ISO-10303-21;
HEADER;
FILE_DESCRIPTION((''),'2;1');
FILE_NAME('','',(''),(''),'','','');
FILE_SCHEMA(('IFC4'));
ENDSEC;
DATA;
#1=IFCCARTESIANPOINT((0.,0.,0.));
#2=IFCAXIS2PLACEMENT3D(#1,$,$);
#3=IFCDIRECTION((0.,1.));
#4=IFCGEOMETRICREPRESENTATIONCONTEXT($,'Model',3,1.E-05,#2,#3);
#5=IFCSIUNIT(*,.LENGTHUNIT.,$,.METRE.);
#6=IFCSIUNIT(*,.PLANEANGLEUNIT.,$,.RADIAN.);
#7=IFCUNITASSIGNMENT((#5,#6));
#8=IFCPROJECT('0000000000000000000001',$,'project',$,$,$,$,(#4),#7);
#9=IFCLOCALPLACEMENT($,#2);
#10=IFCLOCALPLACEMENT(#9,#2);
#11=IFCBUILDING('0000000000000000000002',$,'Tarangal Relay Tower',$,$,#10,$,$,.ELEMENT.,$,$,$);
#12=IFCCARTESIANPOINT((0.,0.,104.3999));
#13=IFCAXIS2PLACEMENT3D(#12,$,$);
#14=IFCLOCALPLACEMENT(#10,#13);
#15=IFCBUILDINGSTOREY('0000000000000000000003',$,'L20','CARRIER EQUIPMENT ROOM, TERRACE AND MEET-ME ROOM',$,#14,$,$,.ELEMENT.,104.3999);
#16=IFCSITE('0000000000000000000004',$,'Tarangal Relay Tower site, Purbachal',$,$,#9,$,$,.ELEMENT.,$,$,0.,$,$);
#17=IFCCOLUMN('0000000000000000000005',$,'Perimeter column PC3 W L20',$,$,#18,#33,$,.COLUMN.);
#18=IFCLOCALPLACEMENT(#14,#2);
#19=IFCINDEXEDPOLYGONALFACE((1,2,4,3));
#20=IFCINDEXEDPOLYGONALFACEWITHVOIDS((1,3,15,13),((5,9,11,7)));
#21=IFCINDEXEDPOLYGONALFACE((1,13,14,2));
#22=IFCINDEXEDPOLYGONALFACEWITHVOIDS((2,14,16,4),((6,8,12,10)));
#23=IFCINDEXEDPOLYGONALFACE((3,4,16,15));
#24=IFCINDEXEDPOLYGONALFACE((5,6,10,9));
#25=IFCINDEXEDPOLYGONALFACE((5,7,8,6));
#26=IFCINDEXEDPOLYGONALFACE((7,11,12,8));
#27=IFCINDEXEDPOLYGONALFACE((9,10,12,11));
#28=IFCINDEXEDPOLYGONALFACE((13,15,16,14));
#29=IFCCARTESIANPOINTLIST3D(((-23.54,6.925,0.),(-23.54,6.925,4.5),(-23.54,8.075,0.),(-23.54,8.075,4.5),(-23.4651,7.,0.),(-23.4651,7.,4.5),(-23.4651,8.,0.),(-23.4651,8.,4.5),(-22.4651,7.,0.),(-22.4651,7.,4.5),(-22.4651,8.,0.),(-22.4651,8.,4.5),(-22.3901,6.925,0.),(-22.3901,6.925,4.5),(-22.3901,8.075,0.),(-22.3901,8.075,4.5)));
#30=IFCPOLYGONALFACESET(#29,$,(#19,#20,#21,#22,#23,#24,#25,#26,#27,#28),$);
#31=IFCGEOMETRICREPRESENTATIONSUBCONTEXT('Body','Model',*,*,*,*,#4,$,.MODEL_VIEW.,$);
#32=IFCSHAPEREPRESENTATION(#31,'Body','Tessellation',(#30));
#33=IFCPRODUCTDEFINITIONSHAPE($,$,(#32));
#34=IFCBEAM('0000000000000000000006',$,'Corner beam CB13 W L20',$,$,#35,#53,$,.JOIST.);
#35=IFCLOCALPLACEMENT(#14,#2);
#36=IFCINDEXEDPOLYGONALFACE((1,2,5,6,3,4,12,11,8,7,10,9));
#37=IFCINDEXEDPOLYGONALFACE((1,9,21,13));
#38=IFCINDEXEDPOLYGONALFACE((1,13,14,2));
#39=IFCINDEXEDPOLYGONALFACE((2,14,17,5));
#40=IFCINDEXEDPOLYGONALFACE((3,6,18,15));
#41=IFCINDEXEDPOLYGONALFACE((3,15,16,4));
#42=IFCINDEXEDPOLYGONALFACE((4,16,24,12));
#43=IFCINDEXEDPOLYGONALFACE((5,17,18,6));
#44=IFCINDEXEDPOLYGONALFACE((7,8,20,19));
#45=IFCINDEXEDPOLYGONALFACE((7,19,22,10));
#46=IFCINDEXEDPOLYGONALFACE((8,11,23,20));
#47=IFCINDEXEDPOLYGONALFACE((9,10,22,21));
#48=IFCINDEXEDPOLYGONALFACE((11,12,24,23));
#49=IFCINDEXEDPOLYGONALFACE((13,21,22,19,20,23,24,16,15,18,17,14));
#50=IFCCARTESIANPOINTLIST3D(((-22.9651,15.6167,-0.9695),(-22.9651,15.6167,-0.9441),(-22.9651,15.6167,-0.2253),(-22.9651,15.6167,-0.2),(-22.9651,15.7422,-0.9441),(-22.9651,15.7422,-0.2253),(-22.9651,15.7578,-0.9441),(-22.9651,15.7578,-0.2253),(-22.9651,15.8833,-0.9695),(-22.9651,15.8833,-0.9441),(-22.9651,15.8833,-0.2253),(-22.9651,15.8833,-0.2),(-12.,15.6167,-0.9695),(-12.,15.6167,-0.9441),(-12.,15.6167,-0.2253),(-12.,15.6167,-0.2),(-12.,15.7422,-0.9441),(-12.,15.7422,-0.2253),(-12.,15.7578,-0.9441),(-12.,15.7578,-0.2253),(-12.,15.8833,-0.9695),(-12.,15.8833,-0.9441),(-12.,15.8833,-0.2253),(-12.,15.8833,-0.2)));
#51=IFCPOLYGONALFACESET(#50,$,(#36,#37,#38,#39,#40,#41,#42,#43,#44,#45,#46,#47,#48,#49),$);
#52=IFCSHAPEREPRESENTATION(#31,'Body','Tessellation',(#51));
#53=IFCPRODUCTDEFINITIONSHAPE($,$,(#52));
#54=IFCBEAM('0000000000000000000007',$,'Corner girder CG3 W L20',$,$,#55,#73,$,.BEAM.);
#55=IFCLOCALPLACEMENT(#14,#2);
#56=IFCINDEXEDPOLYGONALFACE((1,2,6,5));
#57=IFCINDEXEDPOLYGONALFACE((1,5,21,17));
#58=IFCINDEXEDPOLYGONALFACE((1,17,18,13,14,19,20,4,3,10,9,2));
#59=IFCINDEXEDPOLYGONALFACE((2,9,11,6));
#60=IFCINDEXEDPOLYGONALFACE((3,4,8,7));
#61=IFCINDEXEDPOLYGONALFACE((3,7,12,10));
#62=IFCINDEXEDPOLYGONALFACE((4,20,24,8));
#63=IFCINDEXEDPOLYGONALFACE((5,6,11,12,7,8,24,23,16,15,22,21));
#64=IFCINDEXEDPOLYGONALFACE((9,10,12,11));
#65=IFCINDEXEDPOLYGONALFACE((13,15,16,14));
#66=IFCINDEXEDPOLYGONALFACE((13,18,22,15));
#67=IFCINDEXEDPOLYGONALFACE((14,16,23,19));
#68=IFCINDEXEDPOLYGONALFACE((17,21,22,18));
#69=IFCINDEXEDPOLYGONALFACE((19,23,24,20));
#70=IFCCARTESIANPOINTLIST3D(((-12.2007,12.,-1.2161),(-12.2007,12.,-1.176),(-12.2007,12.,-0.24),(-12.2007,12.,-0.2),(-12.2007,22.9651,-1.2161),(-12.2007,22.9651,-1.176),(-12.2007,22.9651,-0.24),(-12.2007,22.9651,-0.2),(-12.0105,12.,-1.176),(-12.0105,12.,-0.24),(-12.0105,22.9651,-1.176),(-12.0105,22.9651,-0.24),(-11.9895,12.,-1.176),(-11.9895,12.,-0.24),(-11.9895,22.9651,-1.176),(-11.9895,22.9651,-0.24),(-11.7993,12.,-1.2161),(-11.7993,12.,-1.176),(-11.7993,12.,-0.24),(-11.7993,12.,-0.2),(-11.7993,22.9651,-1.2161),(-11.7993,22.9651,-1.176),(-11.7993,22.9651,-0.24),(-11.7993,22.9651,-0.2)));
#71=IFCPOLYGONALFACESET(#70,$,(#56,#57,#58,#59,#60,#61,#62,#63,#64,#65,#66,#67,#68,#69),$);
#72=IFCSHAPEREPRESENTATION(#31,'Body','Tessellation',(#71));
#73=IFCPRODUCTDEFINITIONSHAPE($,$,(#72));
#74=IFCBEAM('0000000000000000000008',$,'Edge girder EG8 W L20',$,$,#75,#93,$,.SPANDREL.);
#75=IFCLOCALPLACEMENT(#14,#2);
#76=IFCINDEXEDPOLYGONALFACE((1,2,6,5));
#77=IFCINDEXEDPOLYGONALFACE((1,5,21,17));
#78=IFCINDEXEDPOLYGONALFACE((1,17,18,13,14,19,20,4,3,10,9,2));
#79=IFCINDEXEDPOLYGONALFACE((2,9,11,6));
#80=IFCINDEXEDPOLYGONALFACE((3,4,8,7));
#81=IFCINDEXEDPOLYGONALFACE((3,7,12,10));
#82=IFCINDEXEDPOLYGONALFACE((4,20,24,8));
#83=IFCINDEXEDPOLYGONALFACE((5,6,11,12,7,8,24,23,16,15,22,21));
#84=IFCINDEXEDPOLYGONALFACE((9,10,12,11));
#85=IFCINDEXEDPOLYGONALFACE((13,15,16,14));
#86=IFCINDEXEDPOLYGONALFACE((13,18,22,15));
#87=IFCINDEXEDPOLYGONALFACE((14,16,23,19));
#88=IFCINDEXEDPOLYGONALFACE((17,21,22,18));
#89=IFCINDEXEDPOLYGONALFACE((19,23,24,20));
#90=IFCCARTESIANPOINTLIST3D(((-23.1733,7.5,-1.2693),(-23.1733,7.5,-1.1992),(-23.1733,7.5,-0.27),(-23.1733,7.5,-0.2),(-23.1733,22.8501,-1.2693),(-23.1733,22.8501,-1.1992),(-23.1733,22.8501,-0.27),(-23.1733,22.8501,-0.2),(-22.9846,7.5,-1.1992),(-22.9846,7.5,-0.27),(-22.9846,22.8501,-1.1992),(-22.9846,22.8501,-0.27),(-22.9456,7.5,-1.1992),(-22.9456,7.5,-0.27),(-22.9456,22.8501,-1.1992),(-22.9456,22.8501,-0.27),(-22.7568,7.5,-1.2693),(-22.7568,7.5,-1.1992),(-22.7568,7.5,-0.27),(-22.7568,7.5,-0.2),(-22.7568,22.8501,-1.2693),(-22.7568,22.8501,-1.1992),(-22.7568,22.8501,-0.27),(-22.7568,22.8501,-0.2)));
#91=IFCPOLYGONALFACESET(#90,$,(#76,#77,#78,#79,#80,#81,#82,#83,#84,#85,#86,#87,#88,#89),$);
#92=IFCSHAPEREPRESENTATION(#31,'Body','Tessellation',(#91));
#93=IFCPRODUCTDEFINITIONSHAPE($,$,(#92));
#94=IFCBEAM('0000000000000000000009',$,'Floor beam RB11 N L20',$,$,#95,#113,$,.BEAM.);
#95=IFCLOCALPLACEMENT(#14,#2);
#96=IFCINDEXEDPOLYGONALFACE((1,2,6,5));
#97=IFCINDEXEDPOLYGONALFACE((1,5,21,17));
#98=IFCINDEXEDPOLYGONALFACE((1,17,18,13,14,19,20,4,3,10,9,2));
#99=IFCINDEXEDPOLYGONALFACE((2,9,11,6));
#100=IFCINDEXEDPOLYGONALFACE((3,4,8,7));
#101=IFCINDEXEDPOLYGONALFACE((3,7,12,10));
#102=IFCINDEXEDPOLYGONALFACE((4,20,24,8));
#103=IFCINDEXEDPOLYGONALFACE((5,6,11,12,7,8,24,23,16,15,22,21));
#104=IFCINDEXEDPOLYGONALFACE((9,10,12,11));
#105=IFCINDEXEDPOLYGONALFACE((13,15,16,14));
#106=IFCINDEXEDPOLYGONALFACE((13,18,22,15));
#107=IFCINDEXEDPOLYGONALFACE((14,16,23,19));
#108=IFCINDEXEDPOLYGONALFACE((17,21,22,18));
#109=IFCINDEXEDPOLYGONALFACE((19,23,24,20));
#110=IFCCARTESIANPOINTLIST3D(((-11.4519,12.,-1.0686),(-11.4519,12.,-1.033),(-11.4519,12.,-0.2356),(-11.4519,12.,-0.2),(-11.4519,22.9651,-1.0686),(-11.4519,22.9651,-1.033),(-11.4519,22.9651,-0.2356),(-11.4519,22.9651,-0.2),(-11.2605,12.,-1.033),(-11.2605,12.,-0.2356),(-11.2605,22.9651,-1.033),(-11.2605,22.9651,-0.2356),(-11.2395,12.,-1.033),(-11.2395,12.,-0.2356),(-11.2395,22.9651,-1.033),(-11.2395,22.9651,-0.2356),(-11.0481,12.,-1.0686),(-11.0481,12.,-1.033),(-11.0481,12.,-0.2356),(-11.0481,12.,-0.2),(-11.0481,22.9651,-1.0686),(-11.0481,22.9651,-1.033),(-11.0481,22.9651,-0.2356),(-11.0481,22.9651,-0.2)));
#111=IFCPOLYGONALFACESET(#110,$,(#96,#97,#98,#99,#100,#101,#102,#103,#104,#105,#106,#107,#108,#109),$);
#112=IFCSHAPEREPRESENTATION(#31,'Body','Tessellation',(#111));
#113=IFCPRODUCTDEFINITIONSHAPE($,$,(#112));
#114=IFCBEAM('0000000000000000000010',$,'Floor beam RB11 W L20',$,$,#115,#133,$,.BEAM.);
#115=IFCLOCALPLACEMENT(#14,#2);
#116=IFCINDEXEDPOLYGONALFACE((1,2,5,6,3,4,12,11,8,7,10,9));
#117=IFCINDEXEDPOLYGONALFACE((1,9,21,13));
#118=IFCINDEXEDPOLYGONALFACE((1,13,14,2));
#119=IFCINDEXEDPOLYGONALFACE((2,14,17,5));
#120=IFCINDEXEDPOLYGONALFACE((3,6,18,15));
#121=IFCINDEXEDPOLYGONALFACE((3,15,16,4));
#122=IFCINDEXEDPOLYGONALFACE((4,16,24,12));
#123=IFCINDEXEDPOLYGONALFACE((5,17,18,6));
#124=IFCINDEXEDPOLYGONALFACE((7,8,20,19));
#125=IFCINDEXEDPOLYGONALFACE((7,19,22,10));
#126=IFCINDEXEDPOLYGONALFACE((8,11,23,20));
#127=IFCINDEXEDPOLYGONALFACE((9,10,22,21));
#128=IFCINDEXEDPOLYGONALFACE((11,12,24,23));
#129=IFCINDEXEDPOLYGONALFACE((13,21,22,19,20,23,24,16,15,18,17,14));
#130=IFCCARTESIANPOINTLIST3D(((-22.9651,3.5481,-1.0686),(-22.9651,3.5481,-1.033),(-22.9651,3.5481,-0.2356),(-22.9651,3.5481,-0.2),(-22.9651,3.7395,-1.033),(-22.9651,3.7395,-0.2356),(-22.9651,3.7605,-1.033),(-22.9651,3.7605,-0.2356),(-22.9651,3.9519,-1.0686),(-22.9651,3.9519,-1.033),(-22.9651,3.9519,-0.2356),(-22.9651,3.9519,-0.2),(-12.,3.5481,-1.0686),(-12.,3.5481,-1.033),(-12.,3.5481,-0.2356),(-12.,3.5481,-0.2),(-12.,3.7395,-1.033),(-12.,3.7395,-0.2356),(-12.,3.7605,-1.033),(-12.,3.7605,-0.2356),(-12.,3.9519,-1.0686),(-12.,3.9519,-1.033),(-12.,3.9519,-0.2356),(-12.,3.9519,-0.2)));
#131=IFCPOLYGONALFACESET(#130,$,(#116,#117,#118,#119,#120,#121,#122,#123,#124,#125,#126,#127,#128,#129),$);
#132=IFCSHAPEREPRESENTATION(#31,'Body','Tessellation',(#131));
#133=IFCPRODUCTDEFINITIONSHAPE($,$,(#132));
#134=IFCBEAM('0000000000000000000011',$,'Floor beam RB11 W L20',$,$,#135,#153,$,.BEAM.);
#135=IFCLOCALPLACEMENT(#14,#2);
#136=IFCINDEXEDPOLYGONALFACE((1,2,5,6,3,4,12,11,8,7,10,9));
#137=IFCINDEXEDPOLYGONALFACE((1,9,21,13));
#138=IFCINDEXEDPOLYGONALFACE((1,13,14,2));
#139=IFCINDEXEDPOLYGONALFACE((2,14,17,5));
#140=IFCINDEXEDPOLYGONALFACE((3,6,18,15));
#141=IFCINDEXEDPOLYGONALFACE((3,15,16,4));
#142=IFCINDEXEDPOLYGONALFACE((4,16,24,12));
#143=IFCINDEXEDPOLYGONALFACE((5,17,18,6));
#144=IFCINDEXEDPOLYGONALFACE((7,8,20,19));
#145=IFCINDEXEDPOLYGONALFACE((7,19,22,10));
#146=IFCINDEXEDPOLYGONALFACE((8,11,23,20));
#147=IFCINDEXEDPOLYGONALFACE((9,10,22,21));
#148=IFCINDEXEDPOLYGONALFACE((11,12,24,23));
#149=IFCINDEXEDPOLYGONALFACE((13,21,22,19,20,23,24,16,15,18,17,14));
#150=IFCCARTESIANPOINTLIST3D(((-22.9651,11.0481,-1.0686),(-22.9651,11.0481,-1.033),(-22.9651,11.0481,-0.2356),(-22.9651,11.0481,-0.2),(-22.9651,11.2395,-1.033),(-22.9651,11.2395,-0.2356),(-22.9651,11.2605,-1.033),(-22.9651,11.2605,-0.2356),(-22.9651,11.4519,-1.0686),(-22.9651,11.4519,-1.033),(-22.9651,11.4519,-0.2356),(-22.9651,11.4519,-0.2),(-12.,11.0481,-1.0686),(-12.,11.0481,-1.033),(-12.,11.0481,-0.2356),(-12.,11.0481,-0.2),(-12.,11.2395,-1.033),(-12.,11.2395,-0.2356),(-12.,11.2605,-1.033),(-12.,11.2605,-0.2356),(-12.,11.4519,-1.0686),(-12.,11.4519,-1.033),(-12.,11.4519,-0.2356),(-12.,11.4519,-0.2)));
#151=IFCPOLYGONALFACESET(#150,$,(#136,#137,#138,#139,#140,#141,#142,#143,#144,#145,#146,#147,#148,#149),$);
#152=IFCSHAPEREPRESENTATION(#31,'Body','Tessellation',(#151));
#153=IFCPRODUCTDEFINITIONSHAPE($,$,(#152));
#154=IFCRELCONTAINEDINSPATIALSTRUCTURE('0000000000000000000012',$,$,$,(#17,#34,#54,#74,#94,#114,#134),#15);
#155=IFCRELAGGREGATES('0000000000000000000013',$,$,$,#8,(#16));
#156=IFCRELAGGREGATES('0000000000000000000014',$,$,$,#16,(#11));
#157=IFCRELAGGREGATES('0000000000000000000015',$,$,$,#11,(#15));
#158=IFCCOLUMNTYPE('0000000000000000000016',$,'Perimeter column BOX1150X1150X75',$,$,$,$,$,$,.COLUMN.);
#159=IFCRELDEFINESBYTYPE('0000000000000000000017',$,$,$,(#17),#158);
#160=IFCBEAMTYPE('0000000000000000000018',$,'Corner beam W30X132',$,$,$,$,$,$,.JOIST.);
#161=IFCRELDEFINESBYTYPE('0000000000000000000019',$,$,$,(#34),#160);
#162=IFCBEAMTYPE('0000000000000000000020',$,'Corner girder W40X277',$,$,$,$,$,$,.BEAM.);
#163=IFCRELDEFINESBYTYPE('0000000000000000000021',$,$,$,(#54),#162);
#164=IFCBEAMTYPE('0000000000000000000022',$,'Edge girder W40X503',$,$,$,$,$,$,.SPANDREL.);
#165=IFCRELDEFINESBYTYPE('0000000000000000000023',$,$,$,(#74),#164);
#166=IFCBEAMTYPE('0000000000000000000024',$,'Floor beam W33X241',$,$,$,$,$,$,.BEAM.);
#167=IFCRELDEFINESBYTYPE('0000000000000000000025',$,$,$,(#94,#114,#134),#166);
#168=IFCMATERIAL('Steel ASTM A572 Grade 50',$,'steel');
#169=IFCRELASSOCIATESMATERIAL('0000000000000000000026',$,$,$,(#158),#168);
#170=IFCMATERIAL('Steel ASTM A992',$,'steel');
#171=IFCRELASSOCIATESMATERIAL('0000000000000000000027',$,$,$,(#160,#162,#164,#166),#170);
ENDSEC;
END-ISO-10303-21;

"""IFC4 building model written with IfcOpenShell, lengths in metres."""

from ifc_helpers import new_model, si_unit, direction, frame, origin, origin_2d, place, context, subcontext, project, spatial, hollow_rectangle, i_section, extrude, material, material_profile, profile_set, type_object, element, save


model = new_model("IFC4")

# Units and contexts
model_context = context("Model", 3, precision=1e-05, world=origin(), true_north=direction((0.0, 1.0)))
body_context = subcontext(model_context, "Body", "Model", "MODEL_VIEW")
ifc_project = project(units=[si_unit("LENGTHUNIT", "METRE"), si_unit("PLANEANGLEUNIT", "RADIAN")], contexts=[model_context])

# Site, building, storey
site_placement = place(None, origin())
site = spatial("IfcSite", under=ifc_project, at=site_placement, Name="Tarangal Relay Tower site, Purbachal", CompositionType="ELEMENT", RefElevation=0.0)
building_placement = place(site_placement, origin())
building = spatial("IfcBuilding", under=site, at=building_placement, Name="Tarangal Relay Tower", CompositionType="ELEMENT")
storey_placement = place(building_placement, frame((0.0, 0.0, 104.3999)))
storey = spatial("IfcBuildingStorey", under=building, at=storey_placement, Name="L20", Description="CARRIER EQUIPMENT ROOM, TERRACE AND MEET-ME ROOM", CompositionType="ELEMENT", Elevation=104.3999)

# Column
ifc_material_1 = material(Name="Steel ASTM A572 Grade 50", Category="steel")
ifc_material_profile_1 = material_profile(ifc_material_1, hollow_rectangle(XDim=1.1499, YDim=1.1499, WallThickness=0.075, at=origin_2d()), Name="BOX1150X1150X75")
ifc_profile_set_1 = profile_set([ifc_material_profile_1], Name="Steel ASTM A572 Grade 50")
column_type = type_object("IfcColumnType", Name="Perimeter column BOX1150X1150X75", PredefinedType="COLUMN", material=ifc_profile_set_1)
column_placement = place(storey_placement, frame((-22.9651, 7.5, 0.0), z_axis=(0.0, 0.0, 1.0), x_axis=(1.0, 0.0, 0.0)))
element("IfcColumn", 1, at=column_placement, inside=storey, type_object=column_type, Name="Perimeter column PC3 W L20", PredefinedType="COLUMN", context=body_context, shape_type="SweptSolid", body=[
    extrude(hollow_rectangle(XDim=1.1499, YDim=1.1499, WallThickness=0.075, at=origin_2d()), origin(), (0.0, 0.0, 1.0), 4.5),
])

# Beams
ifc_material_2 = material(Name="Steel ASTM A992", Category="steel")
ifc_material_profile_2 = material_profile(ifc_material_2, i_section(OverallWidth=0.2666, OverallDepth=0.7695, WebThickness=0.0156, FlangeThickness=0.0254, at=origin_2d()), Name="W30X132")
ifc_profile_set_2 = profile_set([ifc_material_profile_2], Name="Steel ASTM A992")
beam_type_1 = type_object("IfcBeamType", Name="Corner beam W30X132", PredefinedType="JOIST", material=ifc_profile_set_2)
beam_1_placement = place(storey_placement, frame((-12.0, 15.75, -0.5847), z_axis=(-1.0, 0.0, 0.0), x_axis=(0.0, -1.0, 0.0)))
element("IfcBeam", 2, at=beam_1_placement, inside=storey, type_object=beam_type_1, Name="Corner beam CB13 W L20", PredefinedType="JOIST", context=body_context, shape_type="SweptSolid", body=[
    extrude(i_section(OverallWidth=0.2666, OverallDepth=0.7695, WebThickness=0.0156, FlangeThickness=0.0254, at=origin_2d()), origin(), (0.0, 0.0, 1.0), 10.9651),
])
ifc_material_profile_3 = material_profile(ifc_material_2, i_section(OverallWidth=0.4014, OverallDepth=1.0161, WebThickness=0.021, FlangeThickness=0.04, at=origin_2d()), Name="W40X277")
ifc_profile_set_3 = profile_set([ifc_material_profile_3], Name="Steel ASTM A992")
beam_type_2 = type_object("IfcBeamType", Name="Corner girder W40X277", PredefinedType="BEAM", material=ifc_profile_set_3)
beam_2_placement = place(storey_placement, frame((-12.0, 12.0, -0.708), z_axis=(0.0, 1.0, 0.0), x_axis=(-1.0, 0.0, 0.0)))
element("IfcBeam", 3, at=beam_2_placement, inside=storey, type_object=beam_type_2, Name="Corner girder CG3 W L20", PredefinedType="BEAM", context=body_context, shape_type="SweptSolid", body=[
    extrude(i_section(OverallWidth=0.4014, OverallDepth=1.0161, WebThickness=0.021, FlangeThickness=0.04, at=origin_2d()), origin(), (0.0, 0.0, 1.0), 10.9651),
])
ifc_material_profile_4 = material_profile(ifc_material_2, i_section(OverallWidth=0.4165, OverallDepth=1.0693, WebThickness=0.0391, FlangeThickness=0.0701, at=origin_2d()), Name="W40X503")
ifc_profile_set_4 = profile_set([ifc_material_profile_4], Name="Steel ASTM A992")
beam_type_3 = type_object("IfcBeamType", Name="Edge girder W40X503", PredefinedType="SPANDREL", material=ifc_profile_set_4)
beam_3_placement = place(storey_placement, frame((-22.9651, 7.5, -0.7346), z_axis=(0.0, 1.0, 0.0), x_axis=(-1.0, 0.0, 0.0)))
element("IfcBeam", 4, at=beam_3_placement, inside=storey, type_object=beam_type_3, Name="Edge girder EG8 W L20", PredefinedType="SPANDREL", context=body_context, shape_type="SweptSolid", body=[
    extrude(i_section(OverallWidth=0.4165, OverallDepth=1.0693, WebThickness=0.0391, FlangeThickness=0.0701, at=origin_2d()), origin(), (0.0, 0.0, 1.0), 15.3501),
])
ifc_material_profile_5 = material_profile(ifc_material_2, i_section(OverallWidth=0.4038, OverallDepth=0.8687, WebThickness=0.021, FlangeThickness=0.0356, at=origin_2d()), Name="W33X241")
ifc_profile_set_5 = profile_set([ifc_material_profile_5], Name="Steel ASTM A992")
beam_type_4 = type_object("IfcBeamType", Name="Floor beam W33X241", PredefinedType="BEAM", material=ifc_profile_set_5)
for number, where, z_axis, x_axis, name in (
    (5, (-11.25, 12.0, -0.6343), (0.0, 1.0, 0.0), (-1.0, 0.0, 0.0), "Floor beam RB11 N L20"),
    (6, (-12.0, 3.75, -0.6343), (-1.0, 0.0, 0.0), (0.0, -1.0, 0.0), "Floor beam RB11 W L20"),
    (7, (-12.0, 11.25, -0.6343), (-1.0, 0.0, 0.0), (0.0, -1.0, 0.0), "Floor beam RB11 W L20"),
):
    element("IfcBeam", number, at=place(storey_placement, frame(where, z_axis=z_axis, x_axis=x_axis)), inside=storey, type_object=beam_type_4, Name=name, PredefinedType="BEAM", context=body_context, shape_type="SweptSolid", body=[
        extrude(i_section(OverallWidth=0.4038, OverallDepth=0.8687, WebThickness=0.021, FlangeThickness=0.0356, at=origin_2d()), origin(), (0.0, 0.0, 1.0), 10.9651),
    ])

save(model, "model.ifc")
